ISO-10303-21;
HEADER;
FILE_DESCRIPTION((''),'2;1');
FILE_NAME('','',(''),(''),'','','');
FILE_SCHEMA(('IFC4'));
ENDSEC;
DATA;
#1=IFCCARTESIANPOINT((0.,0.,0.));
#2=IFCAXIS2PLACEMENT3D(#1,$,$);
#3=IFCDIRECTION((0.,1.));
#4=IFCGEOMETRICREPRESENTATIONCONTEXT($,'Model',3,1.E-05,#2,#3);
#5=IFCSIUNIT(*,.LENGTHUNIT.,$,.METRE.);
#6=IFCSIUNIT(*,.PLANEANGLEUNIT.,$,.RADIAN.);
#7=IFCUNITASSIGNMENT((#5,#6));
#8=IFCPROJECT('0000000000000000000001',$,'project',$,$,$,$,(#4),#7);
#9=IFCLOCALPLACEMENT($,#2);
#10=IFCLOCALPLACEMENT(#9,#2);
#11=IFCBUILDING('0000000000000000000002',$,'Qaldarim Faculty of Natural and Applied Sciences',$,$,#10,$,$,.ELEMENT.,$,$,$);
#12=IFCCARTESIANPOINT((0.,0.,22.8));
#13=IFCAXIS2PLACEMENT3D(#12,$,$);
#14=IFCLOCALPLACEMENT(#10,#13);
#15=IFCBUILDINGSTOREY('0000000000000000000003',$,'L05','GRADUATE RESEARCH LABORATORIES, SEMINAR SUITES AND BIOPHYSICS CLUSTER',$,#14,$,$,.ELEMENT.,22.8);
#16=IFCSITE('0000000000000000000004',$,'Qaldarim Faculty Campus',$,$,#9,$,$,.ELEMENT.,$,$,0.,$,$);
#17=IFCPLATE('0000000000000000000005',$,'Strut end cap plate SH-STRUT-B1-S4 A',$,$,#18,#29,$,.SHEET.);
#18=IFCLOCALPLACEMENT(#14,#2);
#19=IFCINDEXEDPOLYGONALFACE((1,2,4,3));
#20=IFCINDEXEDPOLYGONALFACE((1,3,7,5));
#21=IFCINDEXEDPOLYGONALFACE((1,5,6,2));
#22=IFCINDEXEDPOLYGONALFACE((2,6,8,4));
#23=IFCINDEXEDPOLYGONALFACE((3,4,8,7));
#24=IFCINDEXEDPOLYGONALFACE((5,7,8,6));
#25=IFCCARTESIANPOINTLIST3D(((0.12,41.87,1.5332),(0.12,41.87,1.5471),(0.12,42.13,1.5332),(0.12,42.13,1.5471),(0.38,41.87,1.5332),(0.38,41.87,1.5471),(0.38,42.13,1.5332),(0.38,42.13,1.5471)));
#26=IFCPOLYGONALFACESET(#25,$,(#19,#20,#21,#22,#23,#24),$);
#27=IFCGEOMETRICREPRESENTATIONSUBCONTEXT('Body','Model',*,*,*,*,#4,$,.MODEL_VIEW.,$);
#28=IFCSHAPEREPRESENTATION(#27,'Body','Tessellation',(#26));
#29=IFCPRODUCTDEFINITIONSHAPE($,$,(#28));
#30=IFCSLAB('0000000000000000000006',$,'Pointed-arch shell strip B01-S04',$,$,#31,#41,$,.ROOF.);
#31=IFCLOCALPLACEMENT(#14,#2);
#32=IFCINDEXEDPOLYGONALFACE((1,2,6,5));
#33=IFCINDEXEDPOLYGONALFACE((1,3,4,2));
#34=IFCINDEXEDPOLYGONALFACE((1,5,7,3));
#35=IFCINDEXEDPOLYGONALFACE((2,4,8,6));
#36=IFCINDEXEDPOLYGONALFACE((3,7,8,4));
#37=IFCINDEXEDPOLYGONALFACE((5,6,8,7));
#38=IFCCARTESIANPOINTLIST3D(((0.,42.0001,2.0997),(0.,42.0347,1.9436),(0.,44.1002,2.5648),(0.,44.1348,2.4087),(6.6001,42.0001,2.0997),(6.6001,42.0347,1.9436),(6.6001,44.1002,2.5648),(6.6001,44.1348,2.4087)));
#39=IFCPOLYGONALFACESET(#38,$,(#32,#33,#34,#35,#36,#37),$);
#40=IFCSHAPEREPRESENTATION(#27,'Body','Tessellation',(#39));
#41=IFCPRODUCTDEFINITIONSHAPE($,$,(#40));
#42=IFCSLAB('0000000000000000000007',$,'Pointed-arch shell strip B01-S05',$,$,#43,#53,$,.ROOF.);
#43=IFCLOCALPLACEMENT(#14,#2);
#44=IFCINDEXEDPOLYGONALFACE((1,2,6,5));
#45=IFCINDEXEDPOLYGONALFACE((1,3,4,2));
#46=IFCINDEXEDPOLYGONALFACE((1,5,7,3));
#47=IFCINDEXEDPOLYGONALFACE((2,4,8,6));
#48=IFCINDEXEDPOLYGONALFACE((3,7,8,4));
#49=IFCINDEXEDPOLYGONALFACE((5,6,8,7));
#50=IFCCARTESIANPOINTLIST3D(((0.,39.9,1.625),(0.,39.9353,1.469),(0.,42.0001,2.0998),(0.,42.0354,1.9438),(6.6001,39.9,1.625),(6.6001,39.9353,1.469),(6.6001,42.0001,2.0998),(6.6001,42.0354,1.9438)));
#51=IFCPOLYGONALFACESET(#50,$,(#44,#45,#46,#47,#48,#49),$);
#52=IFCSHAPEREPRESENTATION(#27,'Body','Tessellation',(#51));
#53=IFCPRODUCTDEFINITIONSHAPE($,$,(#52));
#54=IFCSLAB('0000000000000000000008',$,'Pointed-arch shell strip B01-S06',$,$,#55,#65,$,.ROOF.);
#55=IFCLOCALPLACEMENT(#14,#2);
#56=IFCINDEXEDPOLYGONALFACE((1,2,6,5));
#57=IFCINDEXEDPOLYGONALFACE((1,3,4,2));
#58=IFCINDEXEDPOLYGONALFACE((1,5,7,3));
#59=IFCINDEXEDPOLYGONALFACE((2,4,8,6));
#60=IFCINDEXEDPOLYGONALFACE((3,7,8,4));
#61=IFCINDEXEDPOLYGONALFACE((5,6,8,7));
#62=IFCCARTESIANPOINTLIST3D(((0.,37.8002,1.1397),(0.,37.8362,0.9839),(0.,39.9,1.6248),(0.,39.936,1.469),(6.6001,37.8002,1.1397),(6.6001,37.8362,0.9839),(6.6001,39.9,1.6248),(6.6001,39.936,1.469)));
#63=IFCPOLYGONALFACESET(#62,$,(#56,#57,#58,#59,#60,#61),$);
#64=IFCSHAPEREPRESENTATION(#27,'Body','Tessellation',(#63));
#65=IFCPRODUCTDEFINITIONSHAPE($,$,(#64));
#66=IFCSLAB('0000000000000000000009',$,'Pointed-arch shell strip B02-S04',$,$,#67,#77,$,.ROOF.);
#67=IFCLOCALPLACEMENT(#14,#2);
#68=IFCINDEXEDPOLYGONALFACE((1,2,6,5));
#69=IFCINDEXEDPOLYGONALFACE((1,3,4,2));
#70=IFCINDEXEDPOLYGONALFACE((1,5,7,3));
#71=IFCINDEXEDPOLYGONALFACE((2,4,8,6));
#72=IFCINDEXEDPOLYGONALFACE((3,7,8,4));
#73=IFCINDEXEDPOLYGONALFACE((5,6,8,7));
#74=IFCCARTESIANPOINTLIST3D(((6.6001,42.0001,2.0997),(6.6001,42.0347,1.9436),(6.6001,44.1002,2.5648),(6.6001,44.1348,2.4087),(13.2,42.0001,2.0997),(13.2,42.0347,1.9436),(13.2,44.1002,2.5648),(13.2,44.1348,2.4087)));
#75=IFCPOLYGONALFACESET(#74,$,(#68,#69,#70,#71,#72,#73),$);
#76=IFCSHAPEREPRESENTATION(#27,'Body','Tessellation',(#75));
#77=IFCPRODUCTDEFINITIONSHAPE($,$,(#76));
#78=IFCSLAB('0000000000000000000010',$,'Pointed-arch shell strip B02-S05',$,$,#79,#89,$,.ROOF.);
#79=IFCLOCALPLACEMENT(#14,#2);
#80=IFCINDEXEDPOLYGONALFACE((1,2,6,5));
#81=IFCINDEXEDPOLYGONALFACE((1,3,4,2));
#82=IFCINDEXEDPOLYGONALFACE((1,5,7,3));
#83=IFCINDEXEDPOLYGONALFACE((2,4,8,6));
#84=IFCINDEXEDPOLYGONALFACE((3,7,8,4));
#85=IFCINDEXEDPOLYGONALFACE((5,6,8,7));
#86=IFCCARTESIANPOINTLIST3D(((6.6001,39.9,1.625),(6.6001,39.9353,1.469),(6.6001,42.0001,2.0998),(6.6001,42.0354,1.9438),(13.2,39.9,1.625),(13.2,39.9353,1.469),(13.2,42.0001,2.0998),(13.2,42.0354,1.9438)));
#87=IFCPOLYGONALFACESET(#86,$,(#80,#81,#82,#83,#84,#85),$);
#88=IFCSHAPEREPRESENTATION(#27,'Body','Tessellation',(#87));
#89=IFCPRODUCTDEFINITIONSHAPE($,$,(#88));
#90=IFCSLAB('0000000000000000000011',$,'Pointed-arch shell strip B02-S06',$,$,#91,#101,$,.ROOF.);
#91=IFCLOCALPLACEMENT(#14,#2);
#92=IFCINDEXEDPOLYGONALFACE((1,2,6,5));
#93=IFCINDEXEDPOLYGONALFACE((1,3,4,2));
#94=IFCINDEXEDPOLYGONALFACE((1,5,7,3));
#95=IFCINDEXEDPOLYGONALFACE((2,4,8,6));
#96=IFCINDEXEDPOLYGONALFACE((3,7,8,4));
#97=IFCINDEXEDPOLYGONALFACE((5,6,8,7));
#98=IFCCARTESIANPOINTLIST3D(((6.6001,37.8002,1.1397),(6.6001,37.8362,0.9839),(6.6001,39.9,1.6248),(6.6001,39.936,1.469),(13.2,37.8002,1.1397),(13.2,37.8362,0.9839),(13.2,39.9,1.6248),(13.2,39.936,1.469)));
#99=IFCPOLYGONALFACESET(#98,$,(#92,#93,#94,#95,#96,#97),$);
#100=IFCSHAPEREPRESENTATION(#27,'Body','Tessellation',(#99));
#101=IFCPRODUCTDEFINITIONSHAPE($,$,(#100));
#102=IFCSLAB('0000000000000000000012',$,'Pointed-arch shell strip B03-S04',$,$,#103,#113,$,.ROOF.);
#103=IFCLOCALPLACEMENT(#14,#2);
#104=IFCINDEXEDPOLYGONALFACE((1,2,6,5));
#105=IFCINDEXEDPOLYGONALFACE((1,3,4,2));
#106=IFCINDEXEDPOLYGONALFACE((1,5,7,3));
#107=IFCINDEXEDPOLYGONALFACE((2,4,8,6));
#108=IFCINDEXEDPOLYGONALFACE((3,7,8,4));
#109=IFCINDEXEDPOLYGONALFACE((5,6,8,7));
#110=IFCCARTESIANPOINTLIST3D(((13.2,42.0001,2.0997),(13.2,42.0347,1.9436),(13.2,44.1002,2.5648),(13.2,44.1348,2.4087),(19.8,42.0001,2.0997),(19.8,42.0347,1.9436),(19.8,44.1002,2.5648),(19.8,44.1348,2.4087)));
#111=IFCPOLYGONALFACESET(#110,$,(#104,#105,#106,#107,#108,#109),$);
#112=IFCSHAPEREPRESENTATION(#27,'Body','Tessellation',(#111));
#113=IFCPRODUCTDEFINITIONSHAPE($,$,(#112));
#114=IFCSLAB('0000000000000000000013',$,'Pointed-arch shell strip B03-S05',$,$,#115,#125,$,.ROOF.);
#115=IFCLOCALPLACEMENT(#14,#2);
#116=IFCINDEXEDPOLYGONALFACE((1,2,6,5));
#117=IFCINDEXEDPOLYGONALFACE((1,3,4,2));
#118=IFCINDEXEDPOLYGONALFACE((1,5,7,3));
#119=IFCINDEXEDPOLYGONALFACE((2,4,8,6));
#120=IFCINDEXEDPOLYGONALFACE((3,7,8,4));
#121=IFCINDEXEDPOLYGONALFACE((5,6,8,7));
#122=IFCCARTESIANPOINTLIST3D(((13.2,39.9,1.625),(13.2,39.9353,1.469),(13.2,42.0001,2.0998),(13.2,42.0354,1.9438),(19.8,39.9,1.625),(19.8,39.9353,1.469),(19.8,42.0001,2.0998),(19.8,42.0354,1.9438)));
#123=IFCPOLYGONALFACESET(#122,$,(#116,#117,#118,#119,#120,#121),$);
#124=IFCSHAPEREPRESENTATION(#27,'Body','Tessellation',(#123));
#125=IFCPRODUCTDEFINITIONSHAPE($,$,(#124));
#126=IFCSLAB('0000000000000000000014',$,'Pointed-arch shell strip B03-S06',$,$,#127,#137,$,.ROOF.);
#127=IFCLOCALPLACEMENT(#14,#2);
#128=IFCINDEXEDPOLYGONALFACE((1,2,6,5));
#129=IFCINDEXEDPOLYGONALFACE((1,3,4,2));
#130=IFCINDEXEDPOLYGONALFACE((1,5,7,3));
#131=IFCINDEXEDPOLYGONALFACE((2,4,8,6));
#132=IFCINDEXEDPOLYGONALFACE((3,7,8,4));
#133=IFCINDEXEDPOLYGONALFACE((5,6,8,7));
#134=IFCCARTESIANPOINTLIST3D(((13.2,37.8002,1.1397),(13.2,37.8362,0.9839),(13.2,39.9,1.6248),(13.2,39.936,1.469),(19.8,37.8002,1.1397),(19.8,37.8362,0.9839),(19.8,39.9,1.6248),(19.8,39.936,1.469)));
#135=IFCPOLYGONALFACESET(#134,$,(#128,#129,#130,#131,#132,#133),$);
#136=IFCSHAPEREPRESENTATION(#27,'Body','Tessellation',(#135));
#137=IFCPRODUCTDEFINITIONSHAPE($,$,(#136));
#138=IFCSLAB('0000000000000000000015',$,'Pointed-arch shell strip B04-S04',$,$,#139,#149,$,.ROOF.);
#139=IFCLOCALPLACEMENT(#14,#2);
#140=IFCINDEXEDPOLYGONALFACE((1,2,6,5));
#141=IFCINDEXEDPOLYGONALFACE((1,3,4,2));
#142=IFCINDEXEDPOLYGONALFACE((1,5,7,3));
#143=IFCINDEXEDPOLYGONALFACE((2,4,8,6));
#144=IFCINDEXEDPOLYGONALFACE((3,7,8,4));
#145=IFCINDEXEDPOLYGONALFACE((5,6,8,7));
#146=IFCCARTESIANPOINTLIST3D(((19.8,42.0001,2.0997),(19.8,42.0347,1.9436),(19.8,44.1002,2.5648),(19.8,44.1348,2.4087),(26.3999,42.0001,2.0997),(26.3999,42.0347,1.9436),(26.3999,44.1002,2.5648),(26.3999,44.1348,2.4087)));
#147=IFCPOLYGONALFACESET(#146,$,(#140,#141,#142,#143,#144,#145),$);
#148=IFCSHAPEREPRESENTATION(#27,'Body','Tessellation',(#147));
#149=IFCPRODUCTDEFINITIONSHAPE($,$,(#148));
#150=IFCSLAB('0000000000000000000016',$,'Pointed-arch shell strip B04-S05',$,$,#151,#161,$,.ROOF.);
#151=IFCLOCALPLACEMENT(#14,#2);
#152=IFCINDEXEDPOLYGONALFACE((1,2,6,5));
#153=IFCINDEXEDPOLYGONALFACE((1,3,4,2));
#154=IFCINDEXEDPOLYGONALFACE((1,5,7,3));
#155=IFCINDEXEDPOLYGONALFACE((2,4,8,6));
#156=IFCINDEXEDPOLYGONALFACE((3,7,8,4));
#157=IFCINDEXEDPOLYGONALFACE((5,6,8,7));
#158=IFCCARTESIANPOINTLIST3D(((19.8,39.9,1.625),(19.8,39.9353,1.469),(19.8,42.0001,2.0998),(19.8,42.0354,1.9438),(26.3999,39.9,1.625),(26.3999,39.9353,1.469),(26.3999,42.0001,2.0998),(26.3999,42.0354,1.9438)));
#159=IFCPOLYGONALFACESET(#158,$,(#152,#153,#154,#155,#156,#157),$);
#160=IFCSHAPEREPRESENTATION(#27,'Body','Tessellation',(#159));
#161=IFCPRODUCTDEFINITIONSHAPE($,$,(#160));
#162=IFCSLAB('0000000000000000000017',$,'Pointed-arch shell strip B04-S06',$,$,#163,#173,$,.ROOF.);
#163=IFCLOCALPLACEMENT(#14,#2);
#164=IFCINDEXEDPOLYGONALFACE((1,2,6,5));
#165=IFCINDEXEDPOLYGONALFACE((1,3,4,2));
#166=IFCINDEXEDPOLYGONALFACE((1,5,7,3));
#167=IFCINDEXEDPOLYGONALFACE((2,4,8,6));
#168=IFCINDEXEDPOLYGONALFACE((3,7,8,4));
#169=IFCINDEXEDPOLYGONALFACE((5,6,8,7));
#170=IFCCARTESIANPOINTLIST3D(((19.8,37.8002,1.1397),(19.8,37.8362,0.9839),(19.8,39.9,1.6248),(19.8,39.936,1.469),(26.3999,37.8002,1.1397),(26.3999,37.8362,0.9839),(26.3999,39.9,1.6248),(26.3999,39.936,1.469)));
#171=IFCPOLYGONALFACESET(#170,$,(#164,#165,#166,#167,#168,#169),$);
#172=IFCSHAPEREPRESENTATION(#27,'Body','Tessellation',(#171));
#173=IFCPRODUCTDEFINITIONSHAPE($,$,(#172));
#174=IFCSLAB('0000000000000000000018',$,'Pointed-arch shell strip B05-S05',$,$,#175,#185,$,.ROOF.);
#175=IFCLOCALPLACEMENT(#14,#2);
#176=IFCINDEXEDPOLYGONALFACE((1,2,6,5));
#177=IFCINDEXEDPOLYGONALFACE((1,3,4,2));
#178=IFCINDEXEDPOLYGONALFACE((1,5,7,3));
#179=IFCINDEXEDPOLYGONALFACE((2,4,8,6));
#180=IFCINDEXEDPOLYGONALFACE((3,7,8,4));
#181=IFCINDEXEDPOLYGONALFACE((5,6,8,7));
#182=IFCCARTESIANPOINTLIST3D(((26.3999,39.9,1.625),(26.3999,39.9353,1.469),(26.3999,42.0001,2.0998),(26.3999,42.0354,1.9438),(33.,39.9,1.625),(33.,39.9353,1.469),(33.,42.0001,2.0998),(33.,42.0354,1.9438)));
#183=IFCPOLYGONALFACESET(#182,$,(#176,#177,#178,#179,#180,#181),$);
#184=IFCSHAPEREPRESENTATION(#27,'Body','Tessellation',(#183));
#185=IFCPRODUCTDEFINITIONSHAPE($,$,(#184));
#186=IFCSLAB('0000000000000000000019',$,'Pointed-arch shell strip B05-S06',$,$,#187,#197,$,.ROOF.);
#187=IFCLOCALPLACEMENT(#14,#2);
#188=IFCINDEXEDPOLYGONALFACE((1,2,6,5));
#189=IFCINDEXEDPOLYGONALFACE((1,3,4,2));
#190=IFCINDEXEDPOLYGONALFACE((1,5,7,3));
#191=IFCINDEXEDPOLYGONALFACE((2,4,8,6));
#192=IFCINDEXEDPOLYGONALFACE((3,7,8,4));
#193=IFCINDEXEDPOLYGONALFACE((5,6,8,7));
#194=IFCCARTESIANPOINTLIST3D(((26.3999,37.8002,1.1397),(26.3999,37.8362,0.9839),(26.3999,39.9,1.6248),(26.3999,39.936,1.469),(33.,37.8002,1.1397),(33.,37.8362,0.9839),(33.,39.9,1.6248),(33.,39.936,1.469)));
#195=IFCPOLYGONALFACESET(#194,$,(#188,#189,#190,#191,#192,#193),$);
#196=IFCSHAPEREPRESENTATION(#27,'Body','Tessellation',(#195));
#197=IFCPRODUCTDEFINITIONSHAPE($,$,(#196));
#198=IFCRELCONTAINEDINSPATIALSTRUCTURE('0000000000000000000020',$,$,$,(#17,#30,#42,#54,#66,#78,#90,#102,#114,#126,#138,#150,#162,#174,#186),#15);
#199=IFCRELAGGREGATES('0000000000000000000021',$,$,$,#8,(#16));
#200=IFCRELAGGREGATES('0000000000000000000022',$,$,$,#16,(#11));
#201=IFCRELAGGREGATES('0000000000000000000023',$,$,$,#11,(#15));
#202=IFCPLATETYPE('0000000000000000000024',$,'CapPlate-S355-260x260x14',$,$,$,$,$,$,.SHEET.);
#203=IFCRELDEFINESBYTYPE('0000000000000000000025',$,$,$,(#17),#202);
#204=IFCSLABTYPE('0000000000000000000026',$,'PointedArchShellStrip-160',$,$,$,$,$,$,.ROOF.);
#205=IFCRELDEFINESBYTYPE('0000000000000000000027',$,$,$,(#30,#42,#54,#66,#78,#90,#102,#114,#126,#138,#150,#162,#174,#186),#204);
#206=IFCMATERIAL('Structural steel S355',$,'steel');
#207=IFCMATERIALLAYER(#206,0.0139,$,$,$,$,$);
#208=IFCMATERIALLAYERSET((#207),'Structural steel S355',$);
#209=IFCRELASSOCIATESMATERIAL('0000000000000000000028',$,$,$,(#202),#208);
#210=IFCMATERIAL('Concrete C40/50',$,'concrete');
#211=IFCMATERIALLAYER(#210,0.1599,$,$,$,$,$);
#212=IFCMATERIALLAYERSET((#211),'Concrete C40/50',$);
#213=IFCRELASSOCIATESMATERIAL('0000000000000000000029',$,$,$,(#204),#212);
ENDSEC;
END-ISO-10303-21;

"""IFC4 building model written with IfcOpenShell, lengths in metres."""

from ifc_helpers import new_model, si_unit, direction, frame, origin, origin_2d, place, context, subcontext, project, spatial, polyline, rectangle, outline, extrude, material, layer, layer_set, type_object, element, save


model = new_model("IFC4")

# Units and contexts
model_context = context("Model", 3, precision=1e-05, world=origin(), true_north=direction((0.0, 1.0)))
body_context = subcontext(model_context, "Body", "Model", "MODEL_VIEW")
ifc_project = project(units=[si_unit("LENGTHUNIT", "METRE"), si_unit("PLANEANGLEUNIT", "RADIAN")], contexts=[model_context])

# Site, building, storey
site_placement = place(None, origin())
site = spatial("IfcSite", under=ifc_project, at=site_placement, Name="Qaldarim Faculty Campus", CompositionType="ELEMENT", RefElevation=0.0)
building_placement = place(site_placement, origin())
building = spatial("IfcBuilding", under=site, at=building_placement, Name="Qaldarim Faculty of Natural and Applied Sciences", CompositionType="ELEMENT")
storey_placement = place(building_placement, frame((0.0, 0.0, 22.8)))
storey = spatial("IfcBuildingStorey", under=building, at=storey_placement, Name="L05", Description="GRADUATE RESEARCH LABORATORIES, SEMINAR SUITES AND BIOPHYSICS CLUSTER", CompositionType="ELEMENT", Elevation=22.8)

# Shared definitions
ifc_material_1 = material(Name="Concrete C40/50", Category="concrete")

# Shared definitions
ifc_material_2 = material(Name="Structural steel S355", Category="steel")

# Plate
ifc_layer_1 = layer(ifc_material_2, 0.0139)
ifc_layer_set_1 = layer_set([ifc_layer_1], Name="Structural steel S355")
plate_type = type_object("IfcPlateType", Name="CapPlate-S355-260x260x14", PredefinedType="SHEET", material=ifc_layer_set_1)
plate_placement = place(storey_placement, frame((0.25, 42.0, 1.5332), z_axis=(0.0, 0.0, 1.0), x_axis=(1.0, 0.0, 0.0)))
element("IfcPlate", 1, at=plate_placement, inside=storey, type_object=plate_type, Name="Strut end cap plate SH-STRUT-B1-S4 A", PredefinedType="SHEET", context=body_context, shape_type="SweptSolid", body=[
    extrude(rectangle(XDim=0.26, YDim=0.26, at=origin_2d()), origin(), (0.0, 0.0, 1.0), 0.0139),
])

# Slabs
ifc_layer_2 = layer(ifc_material_1, 0.1599)
ifc_layer_set_2 = layer_set([ifc_layer_2], Name="Concrete C40/50")
slab_type = type_object("IfcSlabType", Name="PointedArchShellStrip-160", PredefinedType="ROOF", material=ifc_layer_set_2)
slab_1_placement = place(storey_placement, frame((0.0, 42.0347, 1.9436), z_axis=(0.0, -0.216221, 0.976344), x_axis=(1.0, 0.0, 0.0)))
element("IfcSlab", 2, at=slab_1_placement, inside=storey, type_object=slab_type, Name="Pointed-arch shell strip B01-S04", PredefinedType="ROOF", context=body_context, shape_type="SweptSolid", body=[
    extrude(outline(polyline([(0.0, 0.0), (6.6001, 0.0), (6.6001, 2.151), (0.0, 2.151), (0.0, 0.0)])), origin(), (0.0, 0.0, 1.0), 0.1599),
])
slab_2_placement = place(storey_placement, frame((0.0, 39.9353, 1.469), z_axis=(0.0, -0.220543, 0.975377), x_axis=(1.0, 0.0, 0.0)))
element("IfcSlab", 3, at=slab_2_placement, inside=storey, type_object=slab_type, Name="Pointed-arch shell strip B01-S05", PredefinedType="ROOF", context=body_context, shape_type="SweptSolid", body=[
    extrude(outline(polyline([(0.0, 0.0), (6.6001, 0.0), (6.6001, 2.1531), (0.0, 2.1531), (0.0, 0.0)])), origin(), (0.0, 0.0, 1.0), 0.1599),
])
slab_3_placement = place(storey_placement, frame((0.0, 37.8362, 0.9839), z_axis=(0.0, -0.225091, 0.974338), x_axis=(1.0, 0.0, 0.0)))
element("IfcSlab", 4, at=slab_3_placement, inside=storey, type_object=slab_type, Name="Pointed-arch shell strip B01-S06", PredefinedType="ROOF", context=body_context, shape_type="SweptSolid", body=[
    extrude(outline(polyline([(0.0, 0.0), (6.6001, 0.0), (6.6001, 2.1552), (0.0, 2.1552), (0.0, 0.0)])), origin(), (0.0, 0.0, 1.0), 0.1599),
])
slab_4_placement = place(storey_placement, frame((6.6001, 42.0347, 1.9436), z_axis=(0.0, -0.216221, 0.976344), x_axis=(1.0, 0.0, 0.0)))
element("IfcSlab", 5, at=slab_4_placement, inside=storey, type_object=slab_type, Name="Pointed-arch shell strip B02-S04", PredefinedType="ROOF", context=body_context, shape_type="SweptSolid", body=[
    extrude(outline(polyline([(0.0, 0.0), (6.5999, 0.0), (6.5999, 2.151), (0.0, 2.151), (0.0, 0.0)])), origin(), (0.0, 0.0, 1.0), 0.1599),
])
slab_5_placement = place(storey_placement, frame((6.6001, 39.9353, 1.469), z_axis=(0.0, -0.220543, 0.975377), x_axis=(1.0, 0.0, 0.0)))
element("IfcSlab", 6, at=slab_5_placement, inside=storey, type_object=slab_type, Name="Pointed-arch shell strip B02-S05", PredefinedType="ROOF", context=body_context, shape_type="SweptSolid", body=[
    extrude(outline(polyline([(0.0, 0.0), (6.5999, 0.0), (6.5999, 2.1531), (0.0, 2.1531), (0.0, 0.0)])), origin(), (0.0, 0.0, 1.0), 0.1599),
])
slab_6_placement = place(storey_placement, frame((6.6001, 37.8362, 0.9839), z_axis=(0.0, -0.225091, 0.974338), x_axis=(1.0, 0.0, 0.0)))
element("IfcSlab", 7, at=slab_6_placement, inside=storey, type_object=slab_type, Name="Pointed-arch shell strip B02-S06", PredefinedType="ROOF", context=body_context, shape_type="SweptSolid", body=[
    extrude(outline(polyline([(0.0, 0.0), (6.5999, 0.0), (6.5999, 2.1552), (0.0, 2.1552), (0.0, 0.0)])), origin(), (0.0, 0.0, 1.0), 0.1599),
])
slab_7_placement = place(storey_placement, frame((13.2, 42.0347, 1.9436), z_axis=(0.0, -0.216221, 0.976344), x_axis=(1.0, 0.0, 0.0)))
element("IfcSlab", 8, at=slab_7_placement, inside=storey, type_object=slab_type, Name="Pointed-arch shell strip B03-S04", PredefinedType="ROOF", context=body_context, shape_type="SweptSolid", body=[
    extrude(outline(polyline([(0.0, 0.0), (6.6001, 0.0), (6.6001, 2.151), (0.0, 2.151), (0.0, 0.0)])), origin(), (0.0, 0.0, 1.0), 0.1599),
])
slab_8_placement = place(storey_placement, frame((13.2, 39.9353, 1.469), z_axis=(0.0, -0.220543, 0.975377), x_axis=(1.0, 0.0, 0.0)))
element("IfcSlab", 9, at=slab_8_placement, inside=storey, type_object=slab_type, Name="Pointed-arch shell strip B03-S05", PredefinedType="ROOF", context=body_context, shape_type="SweptSolid", body=[
    extrude(outline(polyline([(0.0, 0.0), (6.6001, 0.0), (6.6001, 2.1531), (0.0, 2.1531), (0.0, 0.0)])), origin(), (0.0, 0.0, 1.0), 0.1599),
])
slab_9_placement = place(storey_placement, frame((13.2, 37.8362, 0.9839), z_axis=(0.0, -0.225091, 0.974338), x_axis=(1.0, 0.0, 0.0)))
element("IfcSlab", 10, at=slab_9_placement, inside=storey, type_object=slab_type, Name="Pointed-arch shell strip B03-S06", PredefinedType="ROOF", context=body_context, shape_type="SweptSolid", body=[
    extrude(outline(polyline([(0.0, 0.0), (6.6001, 0.0), (6.6001, 2.1552), (0.0, 2.1552), (0.0, 0.0)])), origin(), (0.0, 0.0, 1.0), 0.1599),
])
slab_10_placement = place(storey_placement, frame((19.8, 42.0347, 1.9436), z_axis=(0.0, -0.216221, 0.976344), x_axis=(1.0, 0.0, 0.0)))
element("IfcSlab", 11, at=slab_10_placement, inside=storey, type_object=slab_type, Name="Pointed-arch shell strip B04-S04", PredefinedType="ROOF", context=body_context, shape_type="SweptSolid", body=[
    extrude(outline(polyline([(0.0, 0.0), (6.5999, 0.0), (6.5999, 2.151), (0.0, 2.151), (0.0, 0.0)])), origin(), (0.0, 0.0, 1.0), 0.1599),
])
slab_11_placement = place(storey_placement, frame((19.8, 39.9353, 1.469), z_axis=(0.0, -0.220543, 0.975377), x_axis=(1.0, 0.0, 0.0)))
element("IfcSlab", 12, at=slab_11_placement, inside=storey, type_object=slab_type, Name="Pointed-arch shell strip B04-S05", PredefinedType="ROOF", context=body_context, shape_type="SweptSolid", body=[
    extrude(outline(polyline([(0.0, 0.0), (6.5999, 0.0), (6.5999, 2.1531), (0.0, 2.1531), (0.0, 0.0)])), origin(), (0.0, 0.0, 1.0), 0.1599),
])
slab_12_placement = place(storey_placement, frame((19.8, 37.8362, 0.9839), z_axis=(0.0, -0.225091, 0.974338), x_axis=(1.0, 0.0, 0.0)))
element("IfcSlab", 13, at=slab_12_placement, inside=storey, type_object=slab_type, Name="Pointed-arch shell strip B04-S06", PredefinedType="ROOF", context=body_context, shape_type="SweptSolid", body=[
    extrude(outline(polyline([(0.0, 0.0), (6.5999, 0.0), (6.5999, 2.1552), (0.0, 2.1552), (0.0, 0.0)])), origin(), (0.0, 0.0, 1.0), 0.1599),
])
slab_13_placement = place(storey_placement, frame((26.3999, 39.9353, 1.469), z_axis=(0.0, -0.220543, 0.975377), x_axis=(1.0, 0.0, 0.0)))
element("IfcSlab", 14, at=slab_13_placement, inside=storey, type_object=slab_type, Name="Pointed-arch shell strip B05-S05", PredefinedType="ROOF", context=body_context, shape_type="SweptSolid", body=[
    extrude(outline(polyline([(0.0, 0.0), (6.6001, 0.0), (6.6001, 2.1531), (0.0, 2.1531), (0.0, 0.0)])), origin(), (0.0, 0.0, 1.0), 0.1599),
])
slab_14_placement = place(storey_placement, frame((26.3999, 37.8362, 0.9839), z_axis=(0.0, -0.225091, 0.974338), x_axis=(1.0, 0.0, 0.0)))
element("IfcSlab", 15, at=slab_14_placement, inside=storey, type_object=slab_type, Name="Pointed-arch shell strip B05-S06", PredefinedType="ROOF", context=body_context, shape_type="SweptSolid", body=[
    extrude(outline(polyline([(0.0, 0.0), (6.6001, 0.0), (6.6001, 2.1552), (0.0, 2.1552), (0.0, 0.0)])), origin(), (0.0, 0.0, 1.0), 0.1599),
])

save(model, "model.ifc")
